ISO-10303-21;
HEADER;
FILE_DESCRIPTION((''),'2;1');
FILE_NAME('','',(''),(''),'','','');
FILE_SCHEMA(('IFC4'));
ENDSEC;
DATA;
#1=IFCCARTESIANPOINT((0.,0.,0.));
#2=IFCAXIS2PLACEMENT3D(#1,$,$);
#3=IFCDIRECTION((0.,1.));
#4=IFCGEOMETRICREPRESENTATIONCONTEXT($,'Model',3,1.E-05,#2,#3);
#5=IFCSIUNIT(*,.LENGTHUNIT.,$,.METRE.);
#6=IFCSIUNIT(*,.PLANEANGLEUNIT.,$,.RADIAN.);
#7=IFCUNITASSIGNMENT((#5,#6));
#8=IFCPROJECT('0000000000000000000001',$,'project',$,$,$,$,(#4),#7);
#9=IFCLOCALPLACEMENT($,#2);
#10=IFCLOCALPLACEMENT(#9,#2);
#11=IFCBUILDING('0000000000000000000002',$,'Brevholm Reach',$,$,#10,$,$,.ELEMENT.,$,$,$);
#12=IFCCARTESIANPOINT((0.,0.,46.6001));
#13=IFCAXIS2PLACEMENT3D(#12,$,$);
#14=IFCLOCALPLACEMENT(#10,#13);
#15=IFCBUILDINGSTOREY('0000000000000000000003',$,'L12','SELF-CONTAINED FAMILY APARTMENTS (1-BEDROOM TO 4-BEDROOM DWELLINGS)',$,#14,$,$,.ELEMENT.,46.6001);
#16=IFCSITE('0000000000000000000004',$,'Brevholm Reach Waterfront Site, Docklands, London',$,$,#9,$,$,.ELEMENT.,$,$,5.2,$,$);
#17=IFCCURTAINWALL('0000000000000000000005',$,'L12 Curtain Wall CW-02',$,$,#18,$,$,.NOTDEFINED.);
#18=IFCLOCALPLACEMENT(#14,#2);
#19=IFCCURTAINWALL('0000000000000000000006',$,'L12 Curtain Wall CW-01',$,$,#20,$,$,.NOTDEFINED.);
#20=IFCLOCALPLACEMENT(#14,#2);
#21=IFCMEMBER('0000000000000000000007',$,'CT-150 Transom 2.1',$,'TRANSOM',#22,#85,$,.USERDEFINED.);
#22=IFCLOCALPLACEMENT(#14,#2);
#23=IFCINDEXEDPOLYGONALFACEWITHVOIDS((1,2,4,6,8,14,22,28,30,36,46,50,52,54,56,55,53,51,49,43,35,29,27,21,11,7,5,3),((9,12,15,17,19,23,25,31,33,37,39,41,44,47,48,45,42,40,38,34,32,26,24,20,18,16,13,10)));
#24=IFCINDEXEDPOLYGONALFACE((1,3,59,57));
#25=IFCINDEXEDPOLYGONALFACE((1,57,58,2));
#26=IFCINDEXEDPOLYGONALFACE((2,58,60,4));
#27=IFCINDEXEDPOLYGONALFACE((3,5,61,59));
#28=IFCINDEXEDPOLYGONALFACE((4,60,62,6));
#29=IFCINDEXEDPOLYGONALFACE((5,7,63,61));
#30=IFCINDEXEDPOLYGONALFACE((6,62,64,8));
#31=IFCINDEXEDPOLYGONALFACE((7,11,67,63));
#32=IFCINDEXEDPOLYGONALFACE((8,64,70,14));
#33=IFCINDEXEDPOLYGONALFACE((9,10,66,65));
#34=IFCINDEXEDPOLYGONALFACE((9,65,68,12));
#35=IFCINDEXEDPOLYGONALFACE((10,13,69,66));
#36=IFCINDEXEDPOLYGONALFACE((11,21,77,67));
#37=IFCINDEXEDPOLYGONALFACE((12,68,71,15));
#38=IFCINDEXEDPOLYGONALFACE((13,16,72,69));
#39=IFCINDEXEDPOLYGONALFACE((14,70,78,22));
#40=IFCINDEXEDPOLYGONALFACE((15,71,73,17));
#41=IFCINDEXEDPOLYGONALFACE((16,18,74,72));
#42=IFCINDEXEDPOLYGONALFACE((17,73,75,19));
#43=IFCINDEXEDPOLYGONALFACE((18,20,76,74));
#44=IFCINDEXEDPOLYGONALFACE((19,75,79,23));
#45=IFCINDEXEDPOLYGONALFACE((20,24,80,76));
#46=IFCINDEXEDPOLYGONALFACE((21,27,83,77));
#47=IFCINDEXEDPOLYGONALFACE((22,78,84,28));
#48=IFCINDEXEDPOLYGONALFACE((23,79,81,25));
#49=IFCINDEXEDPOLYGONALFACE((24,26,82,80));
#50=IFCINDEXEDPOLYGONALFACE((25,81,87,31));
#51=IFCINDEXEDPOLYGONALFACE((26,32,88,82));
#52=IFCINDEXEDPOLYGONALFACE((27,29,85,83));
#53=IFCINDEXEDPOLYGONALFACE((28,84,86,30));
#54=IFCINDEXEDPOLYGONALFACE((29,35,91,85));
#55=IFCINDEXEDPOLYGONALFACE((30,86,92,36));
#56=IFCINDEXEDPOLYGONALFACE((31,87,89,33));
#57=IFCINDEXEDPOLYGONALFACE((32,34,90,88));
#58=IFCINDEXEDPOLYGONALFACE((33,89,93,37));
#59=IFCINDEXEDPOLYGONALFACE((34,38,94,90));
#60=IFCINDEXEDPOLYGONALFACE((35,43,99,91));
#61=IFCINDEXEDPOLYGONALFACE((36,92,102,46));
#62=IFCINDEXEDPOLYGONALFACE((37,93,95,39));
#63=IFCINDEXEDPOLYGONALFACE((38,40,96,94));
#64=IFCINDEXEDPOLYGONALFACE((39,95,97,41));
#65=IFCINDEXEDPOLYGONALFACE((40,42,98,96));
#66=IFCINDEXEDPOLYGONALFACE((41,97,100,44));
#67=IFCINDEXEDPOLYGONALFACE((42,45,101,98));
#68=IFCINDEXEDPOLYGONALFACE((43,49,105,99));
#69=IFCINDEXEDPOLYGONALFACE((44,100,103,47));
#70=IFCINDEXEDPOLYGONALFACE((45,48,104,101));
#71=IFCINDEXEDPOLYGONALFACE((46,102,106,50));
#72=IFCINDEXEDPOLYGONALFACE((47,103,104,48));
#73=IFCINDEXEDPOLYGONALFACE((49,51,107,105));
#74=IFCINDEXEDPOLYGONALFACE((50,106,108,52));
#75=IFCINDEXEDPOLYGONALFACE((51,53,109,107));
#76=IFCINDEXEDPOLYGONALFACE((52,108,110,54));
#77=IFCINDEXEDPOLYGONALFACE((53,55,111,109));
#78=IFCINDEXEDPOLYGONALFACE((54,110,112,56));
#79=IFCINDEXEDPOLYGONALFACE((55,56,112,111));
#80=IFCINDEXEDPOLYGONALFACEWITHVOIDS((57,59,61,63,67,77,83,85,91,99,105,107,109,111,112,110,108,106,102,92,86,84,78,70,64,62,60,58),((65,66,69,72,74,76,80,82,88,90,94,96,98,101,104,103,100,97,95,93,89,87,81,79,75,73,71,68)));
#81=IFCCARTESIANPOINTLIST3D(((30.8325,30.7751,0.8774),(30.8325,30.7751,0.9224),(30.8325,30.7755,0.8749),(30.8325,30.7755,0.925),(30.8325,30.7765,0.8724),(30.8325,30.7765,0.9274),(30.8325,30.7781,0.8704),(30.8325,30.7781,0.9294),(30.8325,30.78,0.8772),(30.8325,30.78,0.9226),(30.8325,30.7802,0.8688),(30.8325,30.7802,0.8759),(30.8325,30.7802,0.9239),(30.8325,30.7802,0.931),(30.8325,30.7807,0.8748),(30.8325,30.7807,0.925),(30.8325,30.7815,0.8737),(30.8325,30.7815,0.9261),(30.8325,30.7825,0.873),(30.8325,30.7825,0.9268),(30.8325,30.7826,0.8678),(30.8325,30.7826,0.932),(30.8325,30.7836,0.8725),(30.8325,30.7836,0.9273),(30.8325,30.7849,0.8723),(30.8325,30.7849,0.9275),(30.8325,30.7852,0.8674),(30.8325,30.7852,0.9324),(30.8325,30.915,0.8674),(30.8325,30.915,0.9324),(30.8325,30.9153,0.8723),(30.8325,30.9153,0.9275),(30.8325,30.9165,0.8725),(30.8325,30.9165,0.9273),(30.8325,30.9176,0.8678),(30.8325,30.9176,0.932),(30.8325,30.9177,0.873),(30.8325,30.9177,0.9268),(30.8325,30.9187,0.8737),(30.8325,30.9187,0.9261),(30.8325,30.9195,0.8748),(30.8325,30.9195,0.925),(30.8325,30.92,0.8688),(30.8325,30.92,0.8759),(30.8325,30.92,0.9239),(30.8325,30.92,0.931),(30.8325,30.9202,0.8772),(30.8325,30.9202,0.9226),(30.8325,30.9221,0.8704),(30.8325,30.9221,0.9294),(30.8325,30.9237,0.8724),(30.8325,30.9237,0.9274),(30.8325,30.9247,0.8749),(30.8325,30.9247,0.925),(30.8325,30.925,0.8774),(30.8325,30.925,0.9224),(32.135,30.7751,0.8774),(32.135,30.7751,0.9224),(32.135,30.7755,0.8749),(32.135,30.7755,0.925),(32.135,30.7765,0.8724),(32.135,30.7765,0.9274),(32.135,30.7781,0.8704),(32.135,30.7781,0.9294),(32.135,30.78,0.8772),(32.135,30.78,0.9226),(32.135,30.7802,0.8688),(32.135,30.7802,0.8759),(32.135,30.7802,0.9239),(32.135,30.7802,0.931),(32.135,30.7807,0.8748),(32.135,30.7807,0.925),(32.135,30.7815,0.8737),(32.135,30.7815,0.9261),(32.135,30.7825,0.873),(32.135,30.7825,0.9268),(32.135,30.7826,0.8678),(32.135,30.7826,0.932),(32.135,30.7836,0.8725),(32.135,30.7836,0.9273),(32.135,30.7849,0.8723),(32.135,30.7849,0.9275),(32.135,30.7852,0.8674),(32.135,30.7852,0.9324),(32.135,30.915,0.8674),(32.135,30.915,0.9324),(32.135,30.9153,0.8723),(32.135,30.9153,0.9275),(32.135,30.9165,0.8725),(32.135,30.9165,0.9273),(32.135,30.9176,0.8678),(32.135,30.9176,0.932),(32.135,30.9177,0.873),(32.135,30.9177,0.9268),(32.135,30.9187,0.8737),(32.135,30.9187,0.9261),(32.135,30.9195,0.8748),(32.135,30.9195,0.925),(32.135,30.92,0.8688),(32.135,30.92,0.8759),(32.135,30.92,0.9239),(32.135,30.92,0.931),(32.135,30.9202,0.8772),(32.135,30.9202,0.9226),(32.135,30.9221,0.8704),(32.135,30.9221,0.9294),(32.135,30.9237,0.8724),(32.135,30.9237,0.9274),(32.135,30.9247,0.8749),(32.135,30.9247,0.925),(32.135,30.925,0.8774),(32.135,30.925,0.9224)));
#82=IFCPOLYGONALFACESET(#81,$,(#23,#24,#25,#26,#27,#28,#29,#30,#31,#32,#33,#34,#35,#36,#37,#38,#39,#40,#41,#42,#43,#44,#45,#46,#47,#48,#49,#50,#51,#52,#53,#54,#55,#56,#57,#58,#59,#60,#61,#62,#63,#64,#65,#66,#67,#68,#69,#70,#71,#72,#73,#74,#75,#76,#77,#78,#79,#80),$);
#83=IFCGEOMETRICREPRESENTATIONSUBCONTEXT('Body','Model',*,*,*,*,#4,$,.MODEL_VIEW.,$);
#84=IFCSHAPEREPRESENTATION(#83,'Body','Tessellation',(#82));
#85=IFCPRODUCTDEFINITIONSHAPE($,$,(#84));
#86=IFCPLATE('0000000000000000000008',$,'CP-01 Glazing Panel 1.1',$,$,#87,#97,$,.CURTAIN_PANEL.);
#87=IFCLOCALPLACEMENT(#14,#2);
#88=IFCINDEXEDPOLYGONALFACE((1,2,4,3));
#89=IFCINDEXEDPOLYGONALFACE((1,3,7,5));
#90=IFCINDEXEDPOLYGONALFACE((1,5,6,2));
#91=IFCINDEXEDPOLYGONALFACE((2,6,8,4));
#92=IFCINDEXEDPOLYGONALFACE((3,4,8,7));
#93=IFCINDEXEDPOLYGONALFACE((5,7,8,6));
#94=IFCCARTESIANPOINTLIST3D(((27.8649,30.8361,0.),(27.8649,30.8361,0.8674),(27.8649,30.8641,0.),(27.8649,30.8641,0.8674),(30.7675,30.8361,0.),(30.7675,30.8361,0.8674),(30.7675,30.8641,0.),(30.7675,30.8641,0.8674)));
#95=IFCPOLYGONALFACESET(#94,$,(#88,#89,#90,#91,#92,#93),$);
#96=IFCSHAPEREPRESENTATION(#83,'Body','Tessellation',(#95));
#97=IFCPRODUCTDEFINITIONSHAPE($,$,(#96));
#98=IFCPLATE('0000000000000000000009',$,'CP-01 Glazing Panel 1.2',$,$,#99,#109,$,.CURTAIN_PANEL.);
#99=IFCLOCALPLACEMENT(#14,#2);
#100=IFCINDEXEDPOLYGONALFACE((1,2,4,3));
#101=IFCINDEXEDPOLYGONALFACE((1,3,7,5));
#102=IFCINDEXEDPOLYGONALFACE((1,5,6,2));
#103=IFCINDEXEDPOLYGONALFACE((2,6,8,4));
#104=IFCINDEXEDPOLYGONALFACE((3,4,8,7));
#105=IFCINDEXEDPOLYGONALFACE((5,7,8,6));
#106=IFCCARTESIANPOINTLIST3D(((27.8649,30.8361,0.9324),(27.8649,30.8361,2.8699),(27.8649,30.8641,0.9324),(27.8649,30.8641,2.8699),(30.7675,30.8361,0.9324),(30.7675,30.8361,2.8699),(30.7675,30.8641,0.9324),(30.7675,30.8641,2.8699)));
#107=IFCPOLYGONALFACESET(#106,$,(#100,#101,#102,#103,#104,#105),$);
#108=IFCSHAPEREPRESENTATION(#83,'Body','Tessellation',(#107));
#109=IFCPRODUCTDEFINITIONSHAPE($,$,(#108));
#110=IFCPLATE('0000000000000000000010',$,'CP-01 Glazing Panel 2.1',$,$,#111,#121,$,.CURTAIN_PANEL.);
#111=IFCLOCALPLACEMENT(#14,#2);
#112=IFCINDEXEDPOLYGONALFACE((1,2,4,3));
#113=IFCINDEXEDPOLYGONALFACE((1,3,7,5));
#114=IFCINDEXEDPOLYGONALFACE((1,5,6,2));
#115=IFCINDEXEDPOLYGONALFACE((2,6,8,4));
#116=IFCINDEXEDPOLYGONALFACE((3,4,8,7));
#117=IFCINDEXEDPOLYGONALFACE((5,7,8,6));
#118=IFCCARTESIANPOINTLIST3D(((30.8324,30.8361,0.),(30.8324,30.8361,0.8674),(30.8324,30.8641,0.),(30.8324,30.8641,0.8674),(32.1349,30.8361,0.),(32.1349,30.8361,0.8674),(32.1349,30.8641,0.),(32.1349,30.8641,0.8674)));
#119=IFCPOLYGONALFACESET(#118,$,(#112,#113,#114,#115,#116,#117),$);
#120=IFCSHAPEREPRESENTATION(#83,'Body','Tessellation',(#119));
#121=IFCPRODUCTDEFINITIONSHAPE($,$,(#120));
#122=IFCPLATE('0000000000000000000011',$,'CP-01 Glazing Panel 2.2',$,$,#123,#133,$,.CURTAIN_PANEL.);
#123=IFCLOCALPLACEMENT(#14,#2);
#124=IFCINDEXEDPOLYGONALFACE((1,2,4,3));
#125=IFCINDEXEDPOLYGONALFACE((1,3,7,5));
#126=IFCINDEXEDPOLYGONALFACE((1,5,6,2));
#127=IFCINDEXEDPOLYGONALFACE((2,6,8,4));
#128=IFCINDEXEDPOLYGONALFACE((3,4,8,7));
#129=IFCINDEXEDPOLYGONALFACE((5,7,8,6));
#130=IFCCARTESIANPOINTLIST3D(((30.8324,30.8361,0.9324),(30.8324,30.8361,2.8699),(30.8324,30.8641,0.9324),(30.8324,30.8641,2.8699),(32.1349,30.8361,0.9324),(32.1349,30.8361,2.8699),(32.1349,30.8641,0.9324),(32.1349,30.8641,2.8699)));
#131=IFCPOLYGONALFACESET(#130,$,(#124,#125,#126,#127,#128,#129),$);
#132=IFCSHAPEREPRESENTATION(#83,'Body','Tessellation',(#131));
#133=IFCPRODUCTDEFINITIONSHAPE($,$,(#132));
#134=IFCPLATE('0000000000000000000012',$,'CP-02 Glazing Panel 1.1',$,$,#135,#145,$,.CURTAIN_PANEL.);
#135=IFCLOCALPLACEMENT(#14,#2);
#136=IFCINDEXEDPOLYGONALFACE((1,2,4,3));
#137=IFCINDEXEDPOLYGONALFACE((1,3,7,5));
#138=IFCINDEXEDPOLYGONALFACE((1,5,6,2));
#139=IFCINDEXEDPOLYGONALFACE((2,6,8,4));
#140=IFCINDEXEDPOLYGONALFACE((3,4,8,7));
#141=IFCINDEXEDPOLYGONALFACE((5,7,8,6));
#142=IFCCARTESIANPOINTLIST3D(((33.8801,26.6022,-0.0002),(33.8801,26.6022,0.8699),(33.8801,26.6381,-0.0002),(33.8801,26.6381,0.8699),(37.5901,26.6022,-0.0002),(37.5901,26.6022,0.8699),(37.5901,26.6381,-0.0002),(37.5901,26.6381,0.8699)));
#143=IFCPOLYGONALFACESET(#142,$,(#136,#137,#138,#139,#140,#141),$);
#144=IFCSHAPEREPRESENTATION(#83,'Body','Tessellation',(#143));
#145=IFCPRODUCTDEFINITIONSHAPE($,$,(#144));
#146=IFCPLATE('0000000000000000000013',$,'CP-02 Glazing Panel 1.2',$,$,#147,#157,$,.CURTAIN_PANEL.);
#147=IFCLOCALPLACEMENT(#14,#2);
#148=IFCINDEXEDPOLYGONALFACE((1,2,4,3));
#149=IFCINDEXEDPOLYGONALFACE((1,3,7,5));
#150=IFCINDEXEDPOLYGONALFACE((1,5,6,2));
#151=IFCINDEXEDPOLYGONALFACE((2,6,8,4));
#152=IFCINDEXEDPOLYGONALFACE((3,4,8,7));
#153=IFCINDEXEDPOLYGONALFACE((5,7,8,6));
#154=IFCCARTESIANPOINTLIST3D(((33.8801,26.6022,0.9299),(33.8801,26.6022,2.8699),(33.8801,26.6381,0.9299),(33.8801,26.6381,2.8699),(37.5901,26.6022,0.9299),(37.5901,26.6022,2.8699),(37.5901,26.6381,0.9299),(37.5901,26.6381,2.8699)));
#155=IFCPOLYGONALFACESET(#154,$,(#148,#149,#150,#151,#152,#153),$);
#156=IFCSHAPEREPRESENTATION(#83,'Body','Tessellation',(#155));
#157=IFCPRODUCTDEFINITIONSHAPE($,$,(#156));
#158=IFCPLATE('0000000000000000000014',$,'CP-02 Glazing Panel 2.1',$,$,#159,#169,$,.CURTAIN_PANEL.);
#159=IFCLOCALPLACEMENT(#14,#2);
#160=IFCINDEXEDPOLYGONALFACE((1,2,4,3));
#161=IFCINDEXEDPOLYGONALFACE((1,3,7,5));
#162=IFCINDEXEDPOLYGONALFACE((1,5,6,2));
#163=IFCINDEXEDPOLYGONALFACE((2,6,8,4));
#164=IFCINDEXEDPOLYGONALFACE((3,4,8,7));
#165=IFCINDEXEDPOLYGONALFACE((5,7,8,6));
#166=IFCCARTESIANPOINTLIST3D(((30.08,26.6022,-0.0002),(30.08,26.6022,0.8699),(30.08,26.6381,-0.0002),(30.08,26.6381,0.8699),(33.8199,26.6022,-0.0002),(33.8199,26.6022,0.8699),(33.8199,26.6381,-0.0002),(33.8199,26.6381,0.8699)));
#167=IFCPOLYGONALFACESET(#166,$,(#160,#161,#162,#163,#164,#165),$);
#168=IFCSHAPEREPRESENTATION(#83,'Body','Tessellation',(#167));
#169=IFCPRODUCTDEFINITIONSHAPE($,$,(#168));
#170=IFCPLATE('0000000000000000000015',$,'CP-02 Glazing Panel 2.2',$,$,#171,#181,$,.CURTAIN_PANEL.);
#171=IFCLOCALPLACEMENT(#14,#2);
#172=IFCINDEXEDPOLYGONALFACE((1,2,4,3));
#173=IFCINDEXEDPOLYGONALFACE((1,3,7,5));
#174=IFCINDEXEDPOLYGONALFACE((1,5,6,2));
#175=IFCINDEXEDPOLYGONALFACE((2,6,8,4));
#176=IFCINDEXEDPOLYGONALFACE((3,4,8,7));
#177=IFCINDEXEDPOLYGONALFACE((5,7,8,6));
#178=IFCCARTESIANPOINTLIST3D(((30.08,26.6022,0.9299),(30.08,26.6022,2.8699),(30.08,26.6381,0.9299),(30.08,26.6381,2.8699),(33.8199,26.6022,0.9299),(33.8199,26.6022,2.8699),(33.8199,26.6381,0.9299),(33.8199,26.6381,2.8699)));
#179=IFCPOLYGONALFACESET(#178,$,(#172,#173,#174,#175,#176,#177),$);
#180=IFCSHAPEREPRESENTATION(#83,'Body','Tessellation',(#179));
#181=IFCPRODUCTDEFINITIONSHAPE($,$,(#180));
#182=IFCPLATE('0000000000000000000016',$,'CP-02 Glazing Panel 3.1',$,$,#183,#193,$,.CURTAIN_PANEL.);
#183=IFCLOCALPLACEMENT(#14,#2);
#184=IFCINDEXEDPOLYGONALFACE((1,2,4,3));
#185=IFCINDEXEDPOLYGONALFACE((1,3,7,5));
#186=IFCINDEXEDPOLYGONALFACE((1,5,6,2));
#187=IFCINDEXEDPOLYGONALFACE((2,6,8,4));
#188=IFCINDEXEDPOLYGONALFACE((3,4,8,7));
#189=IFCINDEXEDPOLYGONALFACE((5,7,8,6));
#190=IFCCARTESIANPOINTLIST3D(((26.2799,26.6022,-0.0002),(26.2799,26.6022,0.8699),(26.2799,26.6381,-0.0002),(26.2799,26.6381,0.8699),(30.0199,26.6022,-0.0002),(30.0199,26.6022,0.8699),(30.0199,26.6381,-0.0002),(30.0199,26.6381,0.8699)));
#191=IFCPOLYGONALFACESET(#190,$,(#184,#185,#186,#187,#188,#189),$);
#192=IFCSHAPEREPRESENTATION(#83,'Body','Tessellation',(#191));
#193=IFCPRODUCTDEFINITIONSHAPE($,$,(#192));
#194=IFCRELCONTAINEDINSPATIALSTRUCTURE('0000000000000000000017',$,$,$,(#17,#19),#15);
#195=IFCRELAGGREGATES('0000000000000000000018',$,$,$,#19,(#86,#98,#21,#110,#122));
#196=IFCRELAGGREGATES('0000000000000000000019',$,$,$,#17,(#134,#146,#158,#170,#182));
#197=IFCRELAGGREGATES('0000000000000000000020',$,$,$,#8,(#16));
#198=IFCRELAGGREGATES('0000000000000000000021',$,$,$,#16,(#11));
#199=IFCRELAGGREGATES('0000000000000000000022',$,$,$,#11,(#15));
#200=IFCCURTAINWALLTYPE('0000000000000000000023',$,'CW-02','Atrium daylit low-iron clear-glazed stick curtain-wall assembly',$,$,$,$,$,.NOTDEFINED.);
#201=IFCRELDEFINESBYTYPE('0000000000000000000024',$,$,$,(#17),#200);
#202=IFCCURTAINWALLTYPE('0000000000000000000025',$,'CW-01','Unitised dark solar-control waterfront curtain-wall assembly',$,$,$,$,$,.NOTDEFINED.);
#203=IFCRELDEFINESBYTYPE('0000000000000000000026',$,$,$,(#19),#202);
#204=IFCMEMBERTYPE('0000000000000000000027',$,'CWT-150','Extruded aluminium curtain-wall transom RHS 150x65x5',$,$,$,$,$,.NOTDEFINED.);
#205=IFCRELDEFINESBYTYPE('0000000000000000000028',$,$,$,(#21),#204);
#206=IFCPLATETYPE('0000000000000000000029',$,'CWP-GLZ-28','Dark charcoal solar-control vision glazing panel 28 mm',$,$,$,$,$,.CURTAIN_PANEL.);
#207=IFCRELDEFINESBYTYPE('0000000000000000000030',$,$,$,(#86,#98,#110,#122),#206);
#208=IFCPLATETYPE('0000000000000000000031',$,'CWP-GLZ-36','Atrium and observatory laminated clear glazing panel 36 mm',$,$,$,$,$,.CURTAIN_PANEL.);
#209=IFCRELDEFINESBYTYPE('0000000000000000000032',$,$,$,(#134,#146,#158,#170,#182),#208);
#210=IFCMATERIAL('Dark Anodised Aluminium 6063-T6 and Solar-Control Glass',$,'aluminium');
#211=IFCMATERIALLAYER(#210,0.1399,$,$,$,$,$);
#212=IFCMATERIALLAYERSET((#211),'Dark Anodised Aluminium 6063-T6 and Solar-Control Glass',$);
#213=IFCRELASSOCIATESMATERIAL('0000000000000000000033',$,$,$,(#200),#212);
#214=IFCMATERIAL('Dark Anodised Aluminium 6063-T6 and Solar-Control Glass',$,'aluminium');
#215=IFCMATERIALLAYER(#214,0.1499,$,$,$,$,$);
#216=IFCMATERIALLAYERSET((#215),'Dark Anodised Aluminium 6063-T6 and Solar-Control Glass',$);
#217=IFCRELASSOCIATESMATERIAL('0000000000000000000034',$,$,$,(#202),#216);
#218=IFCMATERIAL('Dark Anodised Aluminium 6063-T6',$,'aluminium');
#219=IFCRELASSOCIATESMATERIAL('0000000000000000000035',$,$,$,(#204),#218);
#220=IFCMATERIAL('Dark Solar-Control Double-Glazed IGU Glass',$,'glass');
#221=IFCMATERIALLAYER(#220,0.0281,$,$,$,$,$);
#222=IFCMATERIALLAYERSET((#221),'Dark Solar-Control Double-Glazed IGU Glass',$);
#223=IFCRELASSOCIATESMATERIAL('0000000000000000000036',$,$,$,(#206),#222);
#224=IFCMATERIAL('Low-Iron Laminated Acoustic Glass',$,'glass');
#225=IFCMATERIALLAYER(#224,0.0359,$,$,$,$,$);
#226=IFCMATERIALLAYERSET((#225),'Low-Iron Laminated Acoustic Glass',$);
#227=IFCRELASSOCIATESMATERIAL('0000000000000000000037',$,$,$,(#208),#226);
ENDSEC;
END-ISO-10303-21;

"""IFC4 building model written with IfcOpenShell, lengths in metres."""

from ifc_helpers import new_model, si_unit, direction, frame, origin, origin_2d, place, context, subcontext, project, spatial, rectangle, hollow_rectangle, extrude, material, layer, layer_set, material_profile, profile_set, type_object, element, aggregate, save


model = new_model("IFC4")

# Units and contexts
model_context = context("Model", 3, precision=1e-05, world=origin(), true_north=direction((0.0, 1.0)))
body_context = subcontext(model_context, "Body", "Model", "MODEL_VIEW")
ifc_project = project(units=[si_unit("LENGTHUNIT", "METRE"), si_unit("PLANEANGLEUNIT", "RADIAN")], contexts=[model_context])

# Site, building, storey
site_placement = place(None, origin())
site = spatial("IfcSite", under=ifc_project, at=site_placement, Name="Brevholm Reach Waterfront Site, Docklands, London", CompositionType="ELEMENT", RefElevation=5.2)
building_placement = place(site_placement, origin())
building = spatial("IfcBuilding", under=site, at=building_placement, Name="Brevholm Reach", CompositionType="ELEMENT")
storey_placement = place(building_placement, frame((0.0, 0.0, 46.6001)))
storey = spatial("IfcBuildingStorey", under=building, at=storey_placement, Name="L12", Description="SELF-CONTAINED FAMILY APARTMENTS (1-BEDROOM TO 4-BEDROOM DWELLINGS)", CompositionType="ELEMENT", Elevation=46.6001)

# Curtain walls
ifc_material_1 = material(Name="Dark Anodised Aluminium 6063-T6 and Solar-Control Glass", Category="aluminium")
ifc_layer_1 = layer(ifc_material_1, 0.1399)
ifc_layer_set_1 = layer_set([ifc_layer_1], Name="Dark Anodised Aluminium 6063-T6 and Solar-Control Glass")
curtain_wall_type_1 = type_object("IfcCurtainWallType", Name="CW-02", Description="Atrium daylit low-iron clear-glazed stick curtain-wall assembly", PredefinedType="NOTDEFINED", material=ifc_layer_set_1)
curtain_wall_1_placement = place(storey_placement, origin())
curtain_wall_1 = element("IfcCurtainWall", 1, at=curtain_wall_1_placement, inside=storey, type_object=curtain_wall_type_1, Name="L12 Curtain Wall CW-02", PredefinedType="NOTDEFINED")
ifc_material_2 = material(Name="Dark Anodised Aluminium 6063-T6 and Solar-Control Glass", Category="aluminium")
ifc_layer_2 = layer(ifc_material_2, 0.1499)
ifc_layer_set_2 = layer_set([ifc_layer_2], Name="Dark Anodised Aluminium 6063-T6 and Solar-Control Glass")
curtain_wall_type_2 = type_object("IfcCurtainWallType", Name="CW-01", Description="Unitised dark solar-control waterfront curtain-wall assembly", PredefinedType="NOTDEFINED", material=ifc_layer_set_2)
curtain_wall_2_placement = place(storey_placement, origin())
curtain_wall_2 = element("IfcCurtainWall", 2, at=curtain_wall_2_placement, inside=storey, type_object=curtain_wall_type_2, Name="L12 Curtain Wall CW-01", PredefinedType="NOTDEFINED")

# Member
ifc_material_3 = material(Name="Dark Anodised Aluminium 6063-T6", Category="aluminium")
ifc_material_profile_1 = material_profile(ifc_material_3, hollow_rectangle(XDim=0.0649, YDim=0.1499, WallThickness=0.0049, InnerFilletRadius=0.0049, OuterFilletRadius=0.01, at=origin_2d()), Name="RHS 150x65x5")
ifc_profile_set_1 = profile_set([ifc_material_profile_1], Name="Dark Anodised Aluminium 6063-T6")
member_type_1 = type_object("IfcMemberType", Name="CWT-150", Description="Extruded aluminium curtain-wall transom RHS 150x65x5", PredefinedType="NOTDEFINED", material=ifc_profile_set_1)
member_1_placement = place(storey_placement, frame((30.8325, 30.8501, 0.8999), z_axis=(1.0, 0.0, 0.0), x_axis=(0.0, 0.0, 1.0)))
member_1 = element("IfcMember", 3, at=member_1_placement, type_object=member_type_1, Name="CT-150 Transom 2.1", ObjectType="TRANSOM", PredefinedType="USERDEFINED", context=body_context, shape_type="SweptSolid", body=[
    extrude(hollow_rectangle(XDim=0.0649, YDim=0.1499, WallThickness=0.0049, InnerFilletRadius=0.0049, OuterFilletRadius=0.01, at=origin_2d()), origin(), (0.0, 0.0, 1.0), 1.3025),
])

# Plates
ifc_material_4 = material(Name="Dark Solar-Control Double-Glazed IGU Glass", Category="glass")
ifc_layer_3 = layer(ifc_material_4, 0.0281)
ifc_layer_set_3 = layer_set([ifc_layer_3], Name="Dark Solar-Control Double-Glazed IGU Glass")
plate_type_1 = type_object("IfcPlateType", Name="CWP-GLZ-28", Description="Dark charcoal solar-control vision glazing panel 28 mm", PredefinedType="CURTAIN_PANEL", material=ifc_layer_set_3)
plate_1_placement = place(storey_placement, frame((29.3162, 30.8501, 0.0), z_axis=(0.0, 0.0, 1.0), x_axis=(1.0, 0.0, 0.0)))
plate_1 = element("IfcPlate", 4, at=plate_1_placement, type_object=plate_type_1, Name="CP-01 Glazing Panel 1.1", PredefinedType="CURTAIN_PANEL", context=body_context, shape_type="SweptSolid", body=[
    extrude(rectangle(XDim=2.9026, YDim=0.0281, at=origin_2d()), origin(), (0.0, 0.0, 1.0), 0.8674),
])
plate_2_placement = place(storey_placement, frame((29.3162, 30.8501, 0.9324), z_axis=(0.0, 0.0, 1.0), x_axis=(1.0, 0.0, 0.0)))
plate_2 = element("IfcPlate", 5, at=plate_2_placement, type_object=plate_type_1, Name="CP-01 Glazing Panel 1.2", PredefinedType="CURTAIN_PANEL", context=body_context, shape_type="SweptSolid", body=[
    extrude(rectangle(XDim=2.9026, YDim=0.0281, at=origin_2d()), origin(), (0.0, 0.0, 1.0), 1.9375),
])
plate_3_placement = place(storey_placement, frame((31.4836, 30.8501, 0.0), z_axis=(0.0, 0.0, 1.0), x_axis=(1.0, 0.0, 0.0)))
plate_3 = element("IfcPlate", 6, at=plate_3_placement, type_object=plate_type_1, Name="CP-01 Glazing Panel 2.1", PredefinedType="CURTAIN_PANEL", context=body_context, shape_type="SweptSolid", body=[
    extrude(rectangle(XDim=1.3025, YDim=0.0281, at=origin_2d()), origin(), (0.0, 0.0, 1.0), 0.8674),
])
plate_4_placement = place(storey_placement, frame((31.4836, 30.8501, 0.9324), z_axis=(0.0, 0.0, 1.0), x_axis=(1.0, 0.0, 0.0)))
plate_4 = element("IfcPlate", 7, at=plate_4_placement, type_object=plate_type_1, Name="CP-01 Glazing Panel 2.2", PredefinedType="CURTAIN_PANEL", context=body_context, shape_type="SweptSolid", body=[
    extrude(rectangle(XDim=1.3025, YDim=0.0281, at=origin_2d()), origin(), (0.0, 0.0, 1.0), 1.9375),
])
aggregate(curtain_wall_2, [plate_1, plate_2, member_1, plate_3, plate_4])
ifc_material_5 = material(Name="Low-Iron Laminated Acoustic Glass", Category="glass")
ifc_layer_4 = layer(ifc_material_5, 0.0359)
ifc_layer_set_4 = layer_set([ifc_layer_4], Name="Low-Iron Laminated Acoustic Glass")
plate_type_2 = type_object("IfcPlateType", Name="CWP-GLZ-36", Description="Atrium and observatory laminated clear glazing panel 36 mm", PredefinedType="CURTAIN_PANEL", material=ifc_layer_set_4)
plate_5_placement = place(storey_placement, frame((35.7351, 26.6201, -0.0002), z_axis=(0.0, 0.0, 1.0), x_axis=(-1.0, 0.0, 0.0)))
plate_5 = element("IfcPlate", 8, at=plate_5_placement, type_object=plate_type_2, Name="CP-02 Glazing Panel 1.1", PredefinedType="CURTAIN_PANEL", context=body_context, shape_type="SweptSolid", body=[
    extrude(rectangle(XDim=3.71, YDim=0.0359, at=origin_2d()), origin(), (0.0, 0.0, 1.0), 0.8701),
])
plate_6_placement = place(storey_placement, frame((35.7351, 26.6201, 0.9299), z_axis=(0.0, 0.0, 1.0), x_axis=(-1.0, 0.0, 0.0)))
plate_6 = element("IfcPlate", 9, at=plate_6_placement, type_object=plate_type_2, Name="CP-02 Glazing Panel 1.2", PredefinedType="CURTAIN_PANEL", context=body_context, shape_type="SweptSolid", body=[
    extrude(rectangle(XDim=3.71, YDim=0.0359, at=origin_2d()), origin(), (0.0, 0.0, 1.0), 1.9399),
])
plate_7_placement = place(storey_placement, frame((31.95, 26.6201, -0.0002), z_axis=(0.0, 0.0, 1.0), x_axis=(-1.0, 0.0, 0.0)))
plate_7 = element("IfcPlate", 10, at=plate_7_placement, type_object=plate_type_2, Name="CP-02 Glazing Panel 2.1", PredefinedType="CURTAIN_PANEL", context=body_context, shape_type="SweptSolid", body=[
    extrude(rectangle(XDim=3.74, YDim=0.0359, at=origin_2d()), origin(), (0.0, 0.0, 1.0), 0.8701),
])
plate_8_placement = place(storey_placement, frame((31.95, 26.6201, 0.9299), z_axis=(0.0, 0.0, 1.0), x_axis=(-1.0, 0.0, 0.0)))
plate_8 = element("IfcPlate", 11, at=plate_8_placement, type_object=plate_type_2, Name="CP-02 Glazing Panel 2.2", PredefinedType="CURTAIN_PANEL", context=body_context, shape_type="SweptSolid", body=[
    extrude(rectangle(XDim=3.74, YDim=0.0359, at=origin_2d()), origin(), (0.0, 0.0, 1.0), 1.9399),
])
plate_9_placement = place(storey_placement, frame((28.1499, 26.6201, -0.0002), z_axis=(0.0, 0.0, 1.0), x_axis=(-1.0, 0.0, 0.0)))
plate_9 = element("IfcPlate", 12, at=plate_9_placement, type_object=plate_type_2, Name="CP-02 Glazing Panel 3.1", PredefinedType="CURTAIN_PANEL", context=body_context, shape_type="SweptSolid", body=[
    extrude(rectangle(XDim=3.74, YDim=0.0359, at=origin_2d()), origin(), (0.0, 0.0, 1.0), 0.8701),
])
aggregate(curtain_wall_1, [plate_5, plate_6, plate_7, plate_8, plate_9])

save(model, "model.ifc")
